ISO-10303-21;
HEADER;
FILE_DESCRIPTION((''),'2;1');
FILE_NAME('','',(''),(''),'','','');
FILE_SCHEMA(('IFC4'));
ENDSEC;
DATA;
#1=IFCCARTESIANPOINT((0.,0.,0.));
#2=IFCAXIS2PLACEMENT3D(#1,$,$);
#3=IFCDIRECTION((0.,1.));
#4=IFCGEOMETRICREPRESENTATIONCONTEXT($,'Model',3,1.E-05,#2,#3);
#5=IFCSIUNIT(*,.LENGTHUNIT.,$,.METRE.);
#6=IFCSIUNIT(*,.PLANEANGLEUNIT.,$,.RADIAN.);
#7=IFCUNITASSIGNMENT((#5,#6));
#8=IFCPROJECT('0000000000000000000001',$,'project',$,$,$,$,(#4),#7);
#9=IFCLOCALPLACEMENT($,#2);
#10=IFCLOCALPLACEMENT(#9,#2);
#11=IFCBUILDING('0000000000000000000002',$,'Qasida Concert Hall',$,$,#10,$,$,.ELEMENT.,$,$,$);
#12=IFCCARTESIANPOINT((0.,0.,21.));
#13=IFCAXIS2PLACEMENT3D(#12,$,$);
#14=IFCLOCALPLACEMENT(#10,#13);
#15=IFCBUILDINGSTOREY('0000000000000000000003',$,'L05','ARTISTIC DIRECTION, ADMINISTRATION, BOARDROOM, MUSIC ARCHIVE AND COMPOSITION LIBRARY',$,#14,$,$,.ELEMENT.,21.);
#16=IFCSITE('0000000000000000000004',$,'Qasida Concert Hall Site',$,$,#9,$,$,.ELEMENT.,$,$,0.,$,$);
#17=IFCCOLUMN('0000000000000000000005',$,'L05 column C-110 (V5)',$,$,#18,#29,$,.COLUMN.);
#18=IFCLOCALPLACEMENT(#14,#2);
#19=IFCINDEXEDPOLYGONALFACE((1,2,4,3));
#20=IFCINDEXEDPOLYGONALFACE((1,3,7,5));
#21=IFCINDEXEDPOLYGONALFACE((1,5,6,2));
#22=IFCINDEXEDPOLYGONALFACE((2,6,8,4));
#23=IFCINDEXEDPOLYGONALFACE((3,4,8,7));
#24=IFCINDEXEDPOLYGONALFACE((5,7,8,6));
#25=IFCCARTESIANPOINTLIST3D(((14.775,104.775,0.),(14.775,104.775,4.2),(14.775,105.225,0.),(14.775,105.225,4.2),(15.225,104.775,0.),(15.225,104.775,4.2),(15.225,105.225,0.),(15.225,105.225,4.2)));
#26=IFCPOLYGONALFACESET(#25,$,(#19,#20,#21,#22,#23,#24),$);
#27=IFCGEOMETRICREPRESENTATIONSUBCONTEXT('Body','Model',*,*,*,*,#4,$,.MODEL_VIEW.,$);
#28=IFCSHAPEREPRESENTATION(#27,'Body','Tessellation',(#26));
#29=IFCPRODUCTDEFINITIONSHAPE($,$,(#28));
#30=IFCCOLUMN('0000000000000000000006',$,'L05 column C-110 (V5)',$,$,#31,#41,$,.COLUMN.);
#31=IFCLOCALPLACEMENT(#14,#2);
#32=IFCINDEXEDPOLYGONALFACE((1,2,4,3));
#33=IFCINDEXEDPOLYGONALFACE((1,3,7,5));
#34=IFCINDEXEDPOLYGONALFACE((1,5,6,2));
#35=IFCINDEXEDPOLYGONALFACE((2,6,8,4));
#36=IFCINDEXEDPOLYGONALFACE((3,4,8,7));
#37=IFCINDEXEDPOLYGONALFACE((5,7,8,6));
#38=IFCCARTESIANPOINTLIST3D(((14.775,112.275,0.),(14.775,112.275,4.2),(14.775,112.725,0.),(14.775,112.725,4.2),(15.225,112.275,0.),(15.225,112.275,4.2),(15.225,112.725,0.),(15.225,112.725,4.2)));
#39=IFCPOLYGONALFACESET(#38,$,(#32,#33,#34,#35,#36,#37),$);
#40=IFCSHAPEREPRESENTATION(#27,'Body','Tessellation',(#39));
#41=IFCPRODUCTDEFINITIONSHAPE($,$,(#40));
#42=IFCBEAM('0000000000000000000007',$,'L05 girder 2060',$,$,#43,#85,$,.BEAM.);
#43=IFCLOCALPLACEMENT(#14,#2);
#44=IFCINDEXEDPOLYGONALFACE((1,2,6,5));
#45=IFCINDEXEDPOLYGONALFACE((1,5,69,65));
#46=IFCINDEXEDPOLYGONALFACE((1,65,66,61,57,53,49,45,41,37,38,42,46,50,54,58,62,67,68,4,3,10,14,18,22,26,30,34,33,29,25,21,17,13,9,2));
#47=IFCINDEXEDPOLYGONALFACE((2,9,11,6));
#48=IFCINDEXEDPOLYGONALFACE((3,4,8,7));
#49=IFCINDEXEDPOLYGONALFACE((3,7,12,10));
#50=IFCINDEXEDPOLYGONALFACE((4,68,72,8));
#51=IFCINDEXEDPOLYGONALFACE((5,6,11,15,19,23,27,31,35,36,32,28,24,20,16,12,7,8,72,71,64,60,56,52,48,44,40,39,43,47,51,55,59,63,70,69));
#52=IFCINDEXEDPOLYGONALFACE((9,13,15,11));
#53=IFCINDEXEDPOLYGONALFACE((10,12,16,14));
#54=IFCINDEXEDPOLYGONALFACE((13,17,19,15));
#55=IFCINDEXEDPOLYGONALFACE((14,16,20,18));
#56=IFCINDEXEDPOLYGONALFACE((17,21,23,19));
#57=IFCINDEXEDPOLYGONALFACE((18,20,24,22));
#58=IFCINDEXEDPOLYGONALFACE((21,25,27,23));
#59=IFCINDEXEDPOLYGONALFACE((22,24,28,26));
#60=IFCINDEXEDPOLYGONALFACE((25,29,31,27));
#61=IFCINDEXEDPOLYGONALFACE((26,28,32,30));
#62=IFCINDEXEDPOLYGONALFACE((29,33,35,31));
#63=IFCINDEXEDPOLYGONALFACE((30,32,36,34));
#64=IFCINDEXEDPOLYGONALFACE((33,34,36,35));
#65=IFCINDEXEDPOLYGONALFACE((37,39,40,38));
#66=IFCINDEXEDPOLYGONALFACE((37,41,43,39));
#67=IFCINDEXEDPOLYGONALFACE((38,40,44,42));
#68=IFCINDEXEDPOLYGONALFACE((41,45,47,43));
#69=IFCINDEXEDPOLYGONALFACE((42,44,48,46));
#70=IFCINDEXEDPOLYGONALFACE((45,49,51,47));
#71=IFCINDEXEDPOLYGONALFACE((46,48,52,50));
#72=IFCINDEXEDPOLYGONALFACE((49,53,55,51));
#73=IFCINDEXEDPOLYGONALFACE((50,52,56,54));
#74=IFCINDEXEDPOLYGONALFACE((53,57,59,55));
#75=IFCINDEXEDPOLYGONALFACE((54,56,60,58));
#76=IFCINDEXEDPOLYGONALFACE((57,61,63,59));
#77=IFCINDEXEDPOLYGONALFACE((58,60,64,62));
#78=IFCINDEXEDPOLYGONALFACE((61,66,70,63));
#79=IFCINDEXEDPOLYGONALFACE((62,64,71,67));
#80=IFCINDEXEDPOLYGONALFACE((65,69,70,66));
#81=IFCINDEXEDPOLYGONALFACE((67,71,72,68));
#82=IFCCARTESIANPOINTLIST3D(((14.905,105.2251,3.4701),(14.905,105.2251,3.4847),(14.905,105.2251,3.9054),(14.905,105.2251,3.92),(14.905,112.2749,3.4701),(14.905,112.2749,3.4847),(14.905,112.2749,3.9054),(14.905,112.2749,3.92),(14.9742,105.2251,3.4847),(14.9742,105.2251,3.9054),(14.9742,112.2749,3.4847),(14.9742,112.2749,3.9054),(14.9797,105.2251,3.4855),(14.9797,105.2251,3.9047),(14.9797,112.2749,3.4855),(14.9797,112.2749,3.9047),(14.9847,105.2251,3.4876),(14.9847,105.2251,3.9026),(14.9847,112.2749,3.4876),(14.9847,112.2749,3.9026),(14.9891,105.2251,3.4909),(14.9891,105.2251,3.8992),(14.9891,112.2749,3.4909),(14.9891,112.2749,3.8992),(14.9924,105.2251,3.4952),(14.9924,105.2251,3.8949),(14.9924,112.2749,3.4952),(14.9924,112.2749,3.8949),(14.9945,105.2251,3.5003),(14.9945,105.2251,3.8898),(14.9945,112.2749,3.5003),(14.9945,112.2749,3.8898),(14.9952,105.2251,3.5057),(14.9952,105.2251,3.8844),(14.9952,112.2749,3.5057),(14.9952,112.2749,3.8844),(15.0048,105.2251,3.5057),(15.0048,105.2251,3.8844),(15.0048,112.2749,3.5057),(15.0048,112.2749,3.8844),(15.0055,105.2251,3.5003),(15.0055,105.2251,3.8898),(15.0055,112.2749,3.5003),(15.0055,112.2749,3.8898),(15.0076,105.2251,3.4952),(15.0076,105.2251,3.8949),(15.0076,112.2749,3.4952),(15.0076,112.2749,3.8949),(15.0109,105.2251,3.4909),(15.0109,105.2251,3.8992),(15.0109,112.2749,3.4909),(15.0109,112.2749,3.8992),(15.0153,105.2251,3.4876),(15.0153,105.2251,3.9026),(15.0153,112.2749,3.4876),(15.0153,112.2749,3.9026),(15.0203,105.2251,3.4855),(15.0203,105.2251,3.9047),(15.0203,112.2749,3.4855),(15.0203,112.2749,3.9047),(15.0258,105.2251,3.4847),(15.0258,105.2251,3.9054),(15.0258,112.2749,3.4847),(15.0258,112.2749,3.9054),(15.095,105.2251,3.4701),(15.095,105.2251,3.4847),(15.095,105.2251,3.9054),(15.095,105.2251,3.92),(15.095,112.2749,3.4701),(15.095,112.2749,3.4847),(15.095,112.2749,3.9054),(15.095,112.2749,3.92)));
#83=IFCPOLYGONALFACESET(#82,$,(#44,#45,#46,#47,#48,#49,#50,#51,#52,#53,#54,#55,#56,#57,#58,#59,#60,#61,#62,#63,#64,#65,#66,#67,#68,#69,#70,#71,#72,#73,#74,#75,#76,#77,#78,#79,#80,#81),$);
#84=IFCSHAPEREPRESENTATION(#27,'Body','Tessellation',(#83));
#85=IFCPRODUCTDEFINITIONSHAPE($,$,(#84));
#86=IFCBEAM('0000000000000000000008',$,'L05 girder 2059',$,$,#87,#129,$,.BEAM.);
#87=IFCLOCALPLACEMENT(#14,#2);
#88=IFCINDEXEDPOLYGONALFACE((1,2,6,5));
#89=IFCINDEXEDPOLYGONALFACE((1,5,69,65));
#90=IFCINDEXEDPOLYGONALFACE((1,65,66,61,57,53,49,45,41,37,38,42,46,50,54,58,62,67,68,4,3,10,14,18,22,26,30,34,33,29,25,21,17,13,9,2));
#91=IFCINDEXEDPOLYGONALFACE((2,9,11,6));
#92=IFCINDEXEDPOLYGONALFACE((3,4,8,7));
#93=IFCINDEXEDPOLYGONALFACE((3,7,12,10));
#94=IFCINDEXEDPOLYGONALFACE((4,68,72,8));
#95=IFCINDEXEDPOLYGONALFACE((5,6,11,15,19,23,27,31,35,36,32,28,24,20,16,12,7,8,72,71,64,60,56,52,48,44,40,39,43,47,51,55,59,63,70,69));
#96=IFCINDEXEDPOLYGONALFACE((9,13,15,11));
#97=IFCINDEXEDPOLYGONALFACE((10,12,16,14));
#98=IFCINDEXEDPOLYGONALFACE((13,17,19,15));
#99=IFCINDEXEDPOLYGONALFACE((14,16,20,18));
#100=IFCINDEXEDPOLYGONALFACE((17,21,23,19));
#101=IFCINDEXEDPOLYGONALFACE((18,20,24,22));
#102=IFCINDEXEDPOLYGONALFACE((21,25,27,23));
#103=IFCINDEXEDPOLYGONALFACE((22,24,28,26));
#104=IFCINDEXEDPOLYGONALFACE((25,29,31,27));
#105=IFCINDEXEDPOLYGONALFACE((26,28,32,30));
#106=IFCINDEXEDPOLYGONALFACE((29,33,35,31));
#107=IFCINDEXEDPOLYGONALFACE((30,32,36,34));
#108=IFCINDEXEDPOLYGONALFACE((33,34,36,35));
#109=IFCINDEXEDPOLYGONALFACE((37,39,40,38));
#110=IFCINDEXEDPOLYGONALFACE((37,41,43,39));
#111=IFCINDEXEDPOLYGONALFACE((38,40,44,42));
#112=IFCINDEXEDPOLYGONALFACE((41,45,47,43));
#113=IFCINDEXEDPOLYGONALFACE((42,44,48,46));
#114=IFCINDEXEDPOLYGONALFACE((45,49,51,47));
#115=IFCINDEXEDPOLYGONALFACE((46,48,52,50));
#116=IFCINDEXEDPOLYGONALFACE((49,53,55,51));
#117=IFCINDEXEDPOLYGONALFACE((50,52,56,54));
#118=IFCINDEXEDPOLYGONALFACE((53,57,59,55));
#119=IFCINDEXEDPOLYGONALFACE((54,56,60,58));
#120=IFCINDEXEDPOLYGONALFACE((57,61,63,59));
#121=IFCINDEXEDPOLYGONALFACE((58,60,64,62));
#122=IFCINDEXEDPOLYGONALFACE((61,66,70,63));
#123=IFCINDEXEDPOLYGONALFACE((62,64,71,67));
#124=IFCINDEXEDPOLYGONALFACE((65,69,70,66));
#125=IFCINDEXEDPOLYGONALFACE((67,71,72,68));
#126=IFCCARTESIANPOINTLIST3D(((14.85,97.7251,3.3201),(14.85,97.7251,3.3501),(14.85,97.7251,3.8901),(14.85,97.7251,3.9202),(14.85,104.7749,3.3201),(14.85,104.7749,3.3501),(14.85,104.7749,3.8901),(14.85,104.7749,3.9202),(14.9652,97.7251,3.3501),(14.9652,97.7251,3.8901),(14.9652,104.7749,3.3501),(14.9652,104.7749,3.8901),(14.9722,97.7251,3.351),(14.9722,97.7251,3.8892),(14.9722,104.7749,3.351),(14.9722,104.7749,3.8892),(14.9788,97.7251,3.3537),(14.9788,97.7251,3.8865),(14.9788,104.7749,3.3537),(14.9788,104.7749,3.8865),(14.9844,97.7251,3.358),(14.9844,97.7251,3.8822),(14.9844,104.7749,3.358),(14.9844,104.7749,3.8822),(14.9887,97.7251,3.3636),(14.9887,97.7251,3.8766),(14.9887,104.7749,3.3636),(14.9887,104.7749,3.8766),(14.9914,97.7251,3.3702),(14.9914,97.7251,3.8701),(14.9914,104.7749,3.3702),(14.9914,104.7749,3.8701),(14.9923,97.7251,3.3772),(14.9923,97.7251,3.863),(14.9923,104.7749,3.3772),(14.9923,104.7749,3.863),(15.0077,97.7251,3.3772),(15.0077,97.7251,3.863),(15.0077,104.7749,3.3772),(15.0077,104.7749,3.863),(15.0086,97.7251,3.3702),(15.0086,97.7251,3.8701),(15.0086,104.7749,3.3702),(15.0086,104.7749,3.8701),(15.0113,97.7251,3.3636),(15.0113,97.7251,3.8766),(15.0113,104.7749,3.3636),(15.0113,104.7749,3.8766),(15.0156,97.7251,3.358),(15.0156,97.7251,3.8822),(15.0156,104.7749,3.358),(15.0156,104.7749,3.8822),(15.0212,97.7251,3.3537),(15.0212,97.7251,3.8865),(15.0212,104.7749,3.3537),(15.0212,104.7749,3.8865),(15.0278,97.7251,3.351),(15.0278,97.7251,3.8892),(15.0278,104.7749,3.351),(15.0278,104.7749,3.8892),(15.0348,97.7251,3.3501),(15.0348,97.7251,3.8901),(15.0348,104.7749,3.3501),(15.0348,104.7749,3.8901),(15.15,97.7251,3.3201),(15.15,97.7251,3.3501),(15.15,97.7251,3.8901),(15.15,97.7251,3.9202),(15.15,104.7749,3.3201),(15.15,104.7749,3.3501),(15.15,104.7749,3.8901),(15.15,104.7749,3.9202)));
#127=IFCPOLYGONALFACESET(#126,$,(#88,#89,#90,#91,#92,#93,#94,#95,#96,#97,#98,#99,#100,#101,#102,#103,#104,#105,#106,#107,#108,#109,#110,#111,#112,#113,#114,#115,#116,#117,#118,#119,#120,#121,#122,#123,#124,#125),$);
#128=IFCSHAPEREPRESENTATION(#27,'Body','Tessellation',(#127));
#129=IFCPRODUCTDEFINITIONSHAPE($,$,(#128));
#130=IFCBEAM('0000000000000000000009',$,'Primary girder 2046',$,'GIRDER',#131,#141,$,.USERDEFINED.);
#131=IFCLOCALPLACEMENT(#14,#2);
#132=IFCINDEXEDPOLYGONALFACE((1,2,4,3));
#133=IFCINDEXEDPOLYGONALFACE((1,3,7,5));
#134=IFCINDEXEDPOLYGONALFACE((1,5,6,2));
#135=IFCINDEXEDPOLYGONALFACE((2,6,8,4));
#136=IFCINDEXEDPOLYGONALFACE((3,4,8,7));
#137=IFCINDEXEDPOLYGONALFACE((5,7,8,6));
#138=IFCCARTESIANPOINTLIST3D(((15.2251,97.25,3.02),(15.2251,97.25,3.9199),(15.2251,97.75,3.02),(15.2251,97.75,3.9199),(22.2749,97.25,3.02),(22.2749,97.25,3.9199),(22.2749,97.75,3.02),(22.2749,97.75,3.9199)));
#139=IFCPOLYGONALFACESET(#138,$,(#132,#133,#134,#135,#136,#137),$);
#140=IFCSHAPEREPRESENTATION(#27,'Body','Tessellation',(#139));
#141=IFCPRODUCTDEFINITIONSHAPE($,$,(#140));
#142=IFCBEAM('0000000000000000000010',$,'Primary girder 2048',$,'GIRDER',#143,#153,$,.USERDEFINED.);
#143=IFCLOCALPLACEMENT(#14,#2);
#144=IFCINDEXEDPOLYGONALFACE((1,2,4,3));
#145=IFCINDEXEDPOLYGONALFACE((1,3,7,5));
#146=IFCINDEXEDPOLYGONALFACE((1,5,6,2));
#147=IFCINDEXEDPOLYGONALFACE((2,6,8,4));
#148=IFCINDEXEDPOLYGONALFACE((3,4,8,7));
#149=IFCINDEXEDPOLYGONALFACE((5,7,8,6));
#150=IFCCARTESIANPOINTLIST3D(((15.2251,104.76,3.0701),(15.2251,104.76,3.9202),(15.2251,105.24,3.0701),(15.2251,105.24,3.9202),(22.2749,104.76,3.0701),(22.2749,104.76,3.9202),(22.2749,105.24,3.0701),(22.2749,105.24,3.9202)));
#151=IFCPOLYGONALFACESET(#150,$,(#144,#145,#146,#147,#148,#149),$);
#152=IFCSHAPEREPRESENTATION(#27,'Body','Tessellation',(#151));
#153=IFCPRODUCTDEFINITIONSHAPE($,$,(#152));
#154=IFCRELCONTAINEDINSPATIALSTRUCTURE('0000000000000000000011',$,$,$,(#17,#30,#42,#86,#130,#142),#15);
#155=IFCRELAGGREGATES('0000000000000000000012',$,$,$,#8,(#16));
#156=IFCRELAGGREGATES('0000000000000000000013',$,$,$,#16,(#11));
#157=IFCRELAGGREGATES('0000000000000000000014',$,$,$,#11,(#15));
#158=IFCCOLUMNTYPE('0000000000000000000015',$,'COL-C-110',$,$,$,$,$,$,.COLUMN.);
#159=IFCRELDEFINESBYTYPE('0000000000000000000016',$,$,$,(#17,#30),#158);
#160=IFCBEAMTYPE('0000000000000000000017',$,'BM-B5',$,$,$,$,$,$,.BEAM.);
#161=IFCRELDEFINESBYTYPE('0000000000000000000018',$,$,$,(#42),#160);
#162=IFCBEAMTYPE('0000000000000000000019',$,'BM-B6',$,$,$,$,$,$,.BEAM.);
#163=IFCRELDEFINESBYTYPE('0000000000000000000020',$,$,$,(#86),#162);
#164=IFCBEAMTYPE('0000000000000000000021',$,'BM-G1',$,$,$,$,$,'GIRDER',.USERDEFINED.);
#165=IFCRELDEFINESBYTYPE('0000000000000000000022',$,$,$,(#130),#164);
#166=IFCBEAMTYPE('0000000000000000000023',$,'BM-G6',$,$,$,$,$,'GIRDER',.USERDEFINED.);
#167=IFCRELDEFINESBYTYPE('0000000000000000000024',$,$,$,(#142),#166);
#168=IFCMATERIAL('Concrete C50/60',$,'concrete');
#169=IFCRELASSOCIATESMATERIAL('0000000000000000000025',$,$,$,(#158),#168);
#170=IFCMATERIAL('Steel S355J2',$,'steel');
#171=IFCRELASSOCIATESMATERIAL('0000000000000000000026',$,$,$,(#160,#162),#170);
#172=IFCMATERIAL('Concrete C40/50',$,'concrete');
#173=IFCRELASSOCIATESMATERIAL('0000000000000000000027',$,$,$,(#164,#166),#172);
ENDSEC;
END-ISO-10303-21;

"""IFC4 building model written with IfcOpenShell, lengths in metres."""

from ifc_helpers import new_model, si_unit, direction, frame, origin, origin_2d, place, context, subcontext, project, spatial, rectangle, i_section, extrude, material, material_profile, profile_set, type_object, element, save


model = new_model("IFC4")

# Units and contexts
model_context = context("Model", 3, precision=1e-05, world=origin(), true_north=direction((0.0, 1.0)))
body_context = subcontext(model_context, "Body", "Model", "MODEL_VIEW")
ifc_project = project(units=[si_unit("LENGTHUNIT", "METRE"), si_unit("PLANEANGLEUNIT", "RADIAN")], contexts=[model_context])

# Site, building, storey
site_placement = place(None, origin())
site = spatial("IfcSite", under=ifc_project, at=site_placement, Name="Qasida Concert Hall Site", CompositionType="ELEMENT", RefElevation=0.0)
building_placement = place(site_placement, origin())
building = spatial("IfcBuilding", under=site, at=building_placement, Name="Qasida Concert Hall", CompositionType="ELEMENT")
storey_placement = place(building_placement, frame((0.0, 0.0, 21.0)))
storey = spatial("IfcBuildingStorey", under=building, at=storey_placement, Name="L05", Description="ARTISTIC DIRECTION, ADMINISTRATION, BOARDROOM, MUSIC ARCHIVE AND COMPOSITION LIBRARY", CompositionType="ELEMENT", Elevation=21.0)

# Columns
ifc_material_1 = material(Name="Concrete C50/60", Category="concrete")
ifc_material_profile_1 = material_profile(ifc_material_1, rectangle(XDim=0.45, YDim=0.45, at=origin_2d()), Name="RC 450x450")
ifc_profile_set_1 = profile_set([ifc_material_profile_1], Name="Concrete C50/60")
column_type = type_object("IfcColumnType", Name="COL-C-110", PredefinedType="COLUMN", material=ifc_profile_set_1)
for number, where, z_axis, x_axis, name in (
    (1, (15.0, 105.0, 0.0), (0.0, 0.0, 1.0), (1.0, 0.0, 0.0), "L05 column C-110 (V5)"),
    (2, (15.0, 112.5, 0.0), (0.0, 0.0, 1.0), (1.0, 0.0, 0.0), "L05 column C-110 (V5)"),
):
    element("IfcColumn", number, at=place(storey_placement, frame(where, z_axis=z_axis, x_axis=x_axis)), inside=storey, type_object=column_type, Name=name, PredefinedType="COLUMN", context=body_context, shape_type="SweptSolid", body=[
        extrude(rectangle(XDim=0.45, YDim=0.45, at=origin_2d()), origin(), (0.0, 0.0, 1.0), 4.2),
    ])

# Beams
ifc_material_2 = material(Name="Steel S355J2", Category="steel")
ifc_material_profile_2 = material_profile(ifc_material_2, i_section(OverallWidth=0.1899, OverallDepth=0.45, WebThickness=0.0095, FlangeThickness=0.0146, FilletRadius=0.021, at=origin_2d()), Name="IPE 450")
ifc_profile_set_2 = profile_set([ifc_material_profile_2], Name="Steel S355J2")
beam_type_1 = type_object("IfcBeamType", Name="BM-B5", PredefinedType="BEAM", material=ifc_profile_set_2)
beam_1_placement = place(storey_placement, frame((15.0, 105.2251, 3.6951), z_axis=(0.0, 1.0, 0.0), x_axis=(-1.0, 0.0, 0.0)))
element("IfcBeam", 3, at=beam_1_placement, inside=storey, type_object=beam_type_1, Name="L05 girder 2060", PredefinedType="BEAM", context=body_context, shape_type="SweptSolid", body=[
    extrude(i_section(OverallWidth=0.1899, OverallDepth=0.45, WebThickness=0.0095, FlangeThickness=0.0146, FilletRadius=0.021, at=origin_2d()), origin(), (0.0, 0.0, 1.0), 7.0498),
])
ifc_material_profile_3 = material_profile(ifc_material_2, i_section(OverallWidth=0.3, OverallDepth=0.6001, WebThickness=0.0154, FlangeThickness=0.03, FilletRadius=0.0271, at=origin_2d()), Name="HEB 600")
ifc_profile_set_3 = profile_set([ifc_material_profile_3], Name="Steel S355J2")
beam_type_2 = type_object("IfcBeamType", Name="BM-B6", PredefinedType="BEAM", material=ifc_profile_set_3)
beam_2_placement = place(storey_placement, frame((15.0, 97.7251, 3.6201), z_axis=(0.0, 1.0, 0.0), x_axis=(-1.0, 0.0, 0.0)))
element("IfcBeam", 4, at=beam_2_placement, inside=storey, type_object=beam_type_2, Name="L05 girder 2059", PredefinedType="BEAM", context=body_context, shape_type="SweptSolid", body=[
    extrude(i_section(OverallWidth=0.3, OverallDepth=0.6001, WebThickness=0.0154, FlangeThickness=0.03, FilletRadius=0.0271, at=origin_2d()), origin(), (0.0, 0.0, 1.0), 7.0498),
])
ifc_material_3 = material(Name="Concrete C40/50", Category="concrete")
ifc_material_profile_4 = material_profile(ifc_material_3, rectangle(XDim=0.5, YDim=0.8999, at=origin_2d()), Name="RC 500x900")
ifc_profile_set_4 = profile_set([ifc_material_profile_4], Name="Concrete C40/50")
beam_type_3 = type_object("IfcBeamType", Name="BM-G1", ElementType="GIRDER", PredefinedType="USERDEFINED", material=ifc_profile_set_4)
beam_3_placement = place(storey_placement, frame((15.2251, 97.5, 3.47), z_axis=(1.0, 0.0, 0.0), x_axis=(0.0, 1.0, 0.0)))
element("IfcBeam", 5, at=beam_3_placement, inside=storey, type_object=beam_type_3, Name="Primary girder 2046", ObjectType="GIRDER", PredefinedType="USERDEFINED", context=body_context, shape_type="SweptSolid", body=[
    extrude(rectangle(XDim=0.5, YDim=0.8999, at=origin_2d()), origin(), (0.0, 0.0, 1.0), 7.0498),
])
ifc_material_profile_5 = material_profile(ifc_material_3, rectangle(XDim=0.48, YDim=0.8501, at=origin_2d()), Name="RC 480x850")
ifc_profile_set_5 = profile_set([ifc_material_profile_5], Name="Concrete C40/50")
beam_type_4 = type_object("IfcBeamType", Name="BM-G6", ElementType="GIRDER", PredefinedType="USERDEFINED", material=ifc_profile_set_5)
beam_4_placement = place(storey_placement, frame((15.2251, 105.0, 3.4951), z_axis=(1.0, 0.0, 0.0), x_axis=(0.0, 1.0, 0.0)))
element("IfcBeam", 6, at=beam_4_placement, inside=storey, type_object=beam_type_4, Name="Primary girder 2048", ObjectType="GIRDER", PredefinedType="USERDEFINED", context=body_context, shape_type="SweptSolid", body=[
    extrude(rectangle(XDim=0.48, YDim=0.8501, at=origin_2d()), origin(), (0.0, 0.0, 1.0), 7.0498),
])

save(model, "model.ifc")
